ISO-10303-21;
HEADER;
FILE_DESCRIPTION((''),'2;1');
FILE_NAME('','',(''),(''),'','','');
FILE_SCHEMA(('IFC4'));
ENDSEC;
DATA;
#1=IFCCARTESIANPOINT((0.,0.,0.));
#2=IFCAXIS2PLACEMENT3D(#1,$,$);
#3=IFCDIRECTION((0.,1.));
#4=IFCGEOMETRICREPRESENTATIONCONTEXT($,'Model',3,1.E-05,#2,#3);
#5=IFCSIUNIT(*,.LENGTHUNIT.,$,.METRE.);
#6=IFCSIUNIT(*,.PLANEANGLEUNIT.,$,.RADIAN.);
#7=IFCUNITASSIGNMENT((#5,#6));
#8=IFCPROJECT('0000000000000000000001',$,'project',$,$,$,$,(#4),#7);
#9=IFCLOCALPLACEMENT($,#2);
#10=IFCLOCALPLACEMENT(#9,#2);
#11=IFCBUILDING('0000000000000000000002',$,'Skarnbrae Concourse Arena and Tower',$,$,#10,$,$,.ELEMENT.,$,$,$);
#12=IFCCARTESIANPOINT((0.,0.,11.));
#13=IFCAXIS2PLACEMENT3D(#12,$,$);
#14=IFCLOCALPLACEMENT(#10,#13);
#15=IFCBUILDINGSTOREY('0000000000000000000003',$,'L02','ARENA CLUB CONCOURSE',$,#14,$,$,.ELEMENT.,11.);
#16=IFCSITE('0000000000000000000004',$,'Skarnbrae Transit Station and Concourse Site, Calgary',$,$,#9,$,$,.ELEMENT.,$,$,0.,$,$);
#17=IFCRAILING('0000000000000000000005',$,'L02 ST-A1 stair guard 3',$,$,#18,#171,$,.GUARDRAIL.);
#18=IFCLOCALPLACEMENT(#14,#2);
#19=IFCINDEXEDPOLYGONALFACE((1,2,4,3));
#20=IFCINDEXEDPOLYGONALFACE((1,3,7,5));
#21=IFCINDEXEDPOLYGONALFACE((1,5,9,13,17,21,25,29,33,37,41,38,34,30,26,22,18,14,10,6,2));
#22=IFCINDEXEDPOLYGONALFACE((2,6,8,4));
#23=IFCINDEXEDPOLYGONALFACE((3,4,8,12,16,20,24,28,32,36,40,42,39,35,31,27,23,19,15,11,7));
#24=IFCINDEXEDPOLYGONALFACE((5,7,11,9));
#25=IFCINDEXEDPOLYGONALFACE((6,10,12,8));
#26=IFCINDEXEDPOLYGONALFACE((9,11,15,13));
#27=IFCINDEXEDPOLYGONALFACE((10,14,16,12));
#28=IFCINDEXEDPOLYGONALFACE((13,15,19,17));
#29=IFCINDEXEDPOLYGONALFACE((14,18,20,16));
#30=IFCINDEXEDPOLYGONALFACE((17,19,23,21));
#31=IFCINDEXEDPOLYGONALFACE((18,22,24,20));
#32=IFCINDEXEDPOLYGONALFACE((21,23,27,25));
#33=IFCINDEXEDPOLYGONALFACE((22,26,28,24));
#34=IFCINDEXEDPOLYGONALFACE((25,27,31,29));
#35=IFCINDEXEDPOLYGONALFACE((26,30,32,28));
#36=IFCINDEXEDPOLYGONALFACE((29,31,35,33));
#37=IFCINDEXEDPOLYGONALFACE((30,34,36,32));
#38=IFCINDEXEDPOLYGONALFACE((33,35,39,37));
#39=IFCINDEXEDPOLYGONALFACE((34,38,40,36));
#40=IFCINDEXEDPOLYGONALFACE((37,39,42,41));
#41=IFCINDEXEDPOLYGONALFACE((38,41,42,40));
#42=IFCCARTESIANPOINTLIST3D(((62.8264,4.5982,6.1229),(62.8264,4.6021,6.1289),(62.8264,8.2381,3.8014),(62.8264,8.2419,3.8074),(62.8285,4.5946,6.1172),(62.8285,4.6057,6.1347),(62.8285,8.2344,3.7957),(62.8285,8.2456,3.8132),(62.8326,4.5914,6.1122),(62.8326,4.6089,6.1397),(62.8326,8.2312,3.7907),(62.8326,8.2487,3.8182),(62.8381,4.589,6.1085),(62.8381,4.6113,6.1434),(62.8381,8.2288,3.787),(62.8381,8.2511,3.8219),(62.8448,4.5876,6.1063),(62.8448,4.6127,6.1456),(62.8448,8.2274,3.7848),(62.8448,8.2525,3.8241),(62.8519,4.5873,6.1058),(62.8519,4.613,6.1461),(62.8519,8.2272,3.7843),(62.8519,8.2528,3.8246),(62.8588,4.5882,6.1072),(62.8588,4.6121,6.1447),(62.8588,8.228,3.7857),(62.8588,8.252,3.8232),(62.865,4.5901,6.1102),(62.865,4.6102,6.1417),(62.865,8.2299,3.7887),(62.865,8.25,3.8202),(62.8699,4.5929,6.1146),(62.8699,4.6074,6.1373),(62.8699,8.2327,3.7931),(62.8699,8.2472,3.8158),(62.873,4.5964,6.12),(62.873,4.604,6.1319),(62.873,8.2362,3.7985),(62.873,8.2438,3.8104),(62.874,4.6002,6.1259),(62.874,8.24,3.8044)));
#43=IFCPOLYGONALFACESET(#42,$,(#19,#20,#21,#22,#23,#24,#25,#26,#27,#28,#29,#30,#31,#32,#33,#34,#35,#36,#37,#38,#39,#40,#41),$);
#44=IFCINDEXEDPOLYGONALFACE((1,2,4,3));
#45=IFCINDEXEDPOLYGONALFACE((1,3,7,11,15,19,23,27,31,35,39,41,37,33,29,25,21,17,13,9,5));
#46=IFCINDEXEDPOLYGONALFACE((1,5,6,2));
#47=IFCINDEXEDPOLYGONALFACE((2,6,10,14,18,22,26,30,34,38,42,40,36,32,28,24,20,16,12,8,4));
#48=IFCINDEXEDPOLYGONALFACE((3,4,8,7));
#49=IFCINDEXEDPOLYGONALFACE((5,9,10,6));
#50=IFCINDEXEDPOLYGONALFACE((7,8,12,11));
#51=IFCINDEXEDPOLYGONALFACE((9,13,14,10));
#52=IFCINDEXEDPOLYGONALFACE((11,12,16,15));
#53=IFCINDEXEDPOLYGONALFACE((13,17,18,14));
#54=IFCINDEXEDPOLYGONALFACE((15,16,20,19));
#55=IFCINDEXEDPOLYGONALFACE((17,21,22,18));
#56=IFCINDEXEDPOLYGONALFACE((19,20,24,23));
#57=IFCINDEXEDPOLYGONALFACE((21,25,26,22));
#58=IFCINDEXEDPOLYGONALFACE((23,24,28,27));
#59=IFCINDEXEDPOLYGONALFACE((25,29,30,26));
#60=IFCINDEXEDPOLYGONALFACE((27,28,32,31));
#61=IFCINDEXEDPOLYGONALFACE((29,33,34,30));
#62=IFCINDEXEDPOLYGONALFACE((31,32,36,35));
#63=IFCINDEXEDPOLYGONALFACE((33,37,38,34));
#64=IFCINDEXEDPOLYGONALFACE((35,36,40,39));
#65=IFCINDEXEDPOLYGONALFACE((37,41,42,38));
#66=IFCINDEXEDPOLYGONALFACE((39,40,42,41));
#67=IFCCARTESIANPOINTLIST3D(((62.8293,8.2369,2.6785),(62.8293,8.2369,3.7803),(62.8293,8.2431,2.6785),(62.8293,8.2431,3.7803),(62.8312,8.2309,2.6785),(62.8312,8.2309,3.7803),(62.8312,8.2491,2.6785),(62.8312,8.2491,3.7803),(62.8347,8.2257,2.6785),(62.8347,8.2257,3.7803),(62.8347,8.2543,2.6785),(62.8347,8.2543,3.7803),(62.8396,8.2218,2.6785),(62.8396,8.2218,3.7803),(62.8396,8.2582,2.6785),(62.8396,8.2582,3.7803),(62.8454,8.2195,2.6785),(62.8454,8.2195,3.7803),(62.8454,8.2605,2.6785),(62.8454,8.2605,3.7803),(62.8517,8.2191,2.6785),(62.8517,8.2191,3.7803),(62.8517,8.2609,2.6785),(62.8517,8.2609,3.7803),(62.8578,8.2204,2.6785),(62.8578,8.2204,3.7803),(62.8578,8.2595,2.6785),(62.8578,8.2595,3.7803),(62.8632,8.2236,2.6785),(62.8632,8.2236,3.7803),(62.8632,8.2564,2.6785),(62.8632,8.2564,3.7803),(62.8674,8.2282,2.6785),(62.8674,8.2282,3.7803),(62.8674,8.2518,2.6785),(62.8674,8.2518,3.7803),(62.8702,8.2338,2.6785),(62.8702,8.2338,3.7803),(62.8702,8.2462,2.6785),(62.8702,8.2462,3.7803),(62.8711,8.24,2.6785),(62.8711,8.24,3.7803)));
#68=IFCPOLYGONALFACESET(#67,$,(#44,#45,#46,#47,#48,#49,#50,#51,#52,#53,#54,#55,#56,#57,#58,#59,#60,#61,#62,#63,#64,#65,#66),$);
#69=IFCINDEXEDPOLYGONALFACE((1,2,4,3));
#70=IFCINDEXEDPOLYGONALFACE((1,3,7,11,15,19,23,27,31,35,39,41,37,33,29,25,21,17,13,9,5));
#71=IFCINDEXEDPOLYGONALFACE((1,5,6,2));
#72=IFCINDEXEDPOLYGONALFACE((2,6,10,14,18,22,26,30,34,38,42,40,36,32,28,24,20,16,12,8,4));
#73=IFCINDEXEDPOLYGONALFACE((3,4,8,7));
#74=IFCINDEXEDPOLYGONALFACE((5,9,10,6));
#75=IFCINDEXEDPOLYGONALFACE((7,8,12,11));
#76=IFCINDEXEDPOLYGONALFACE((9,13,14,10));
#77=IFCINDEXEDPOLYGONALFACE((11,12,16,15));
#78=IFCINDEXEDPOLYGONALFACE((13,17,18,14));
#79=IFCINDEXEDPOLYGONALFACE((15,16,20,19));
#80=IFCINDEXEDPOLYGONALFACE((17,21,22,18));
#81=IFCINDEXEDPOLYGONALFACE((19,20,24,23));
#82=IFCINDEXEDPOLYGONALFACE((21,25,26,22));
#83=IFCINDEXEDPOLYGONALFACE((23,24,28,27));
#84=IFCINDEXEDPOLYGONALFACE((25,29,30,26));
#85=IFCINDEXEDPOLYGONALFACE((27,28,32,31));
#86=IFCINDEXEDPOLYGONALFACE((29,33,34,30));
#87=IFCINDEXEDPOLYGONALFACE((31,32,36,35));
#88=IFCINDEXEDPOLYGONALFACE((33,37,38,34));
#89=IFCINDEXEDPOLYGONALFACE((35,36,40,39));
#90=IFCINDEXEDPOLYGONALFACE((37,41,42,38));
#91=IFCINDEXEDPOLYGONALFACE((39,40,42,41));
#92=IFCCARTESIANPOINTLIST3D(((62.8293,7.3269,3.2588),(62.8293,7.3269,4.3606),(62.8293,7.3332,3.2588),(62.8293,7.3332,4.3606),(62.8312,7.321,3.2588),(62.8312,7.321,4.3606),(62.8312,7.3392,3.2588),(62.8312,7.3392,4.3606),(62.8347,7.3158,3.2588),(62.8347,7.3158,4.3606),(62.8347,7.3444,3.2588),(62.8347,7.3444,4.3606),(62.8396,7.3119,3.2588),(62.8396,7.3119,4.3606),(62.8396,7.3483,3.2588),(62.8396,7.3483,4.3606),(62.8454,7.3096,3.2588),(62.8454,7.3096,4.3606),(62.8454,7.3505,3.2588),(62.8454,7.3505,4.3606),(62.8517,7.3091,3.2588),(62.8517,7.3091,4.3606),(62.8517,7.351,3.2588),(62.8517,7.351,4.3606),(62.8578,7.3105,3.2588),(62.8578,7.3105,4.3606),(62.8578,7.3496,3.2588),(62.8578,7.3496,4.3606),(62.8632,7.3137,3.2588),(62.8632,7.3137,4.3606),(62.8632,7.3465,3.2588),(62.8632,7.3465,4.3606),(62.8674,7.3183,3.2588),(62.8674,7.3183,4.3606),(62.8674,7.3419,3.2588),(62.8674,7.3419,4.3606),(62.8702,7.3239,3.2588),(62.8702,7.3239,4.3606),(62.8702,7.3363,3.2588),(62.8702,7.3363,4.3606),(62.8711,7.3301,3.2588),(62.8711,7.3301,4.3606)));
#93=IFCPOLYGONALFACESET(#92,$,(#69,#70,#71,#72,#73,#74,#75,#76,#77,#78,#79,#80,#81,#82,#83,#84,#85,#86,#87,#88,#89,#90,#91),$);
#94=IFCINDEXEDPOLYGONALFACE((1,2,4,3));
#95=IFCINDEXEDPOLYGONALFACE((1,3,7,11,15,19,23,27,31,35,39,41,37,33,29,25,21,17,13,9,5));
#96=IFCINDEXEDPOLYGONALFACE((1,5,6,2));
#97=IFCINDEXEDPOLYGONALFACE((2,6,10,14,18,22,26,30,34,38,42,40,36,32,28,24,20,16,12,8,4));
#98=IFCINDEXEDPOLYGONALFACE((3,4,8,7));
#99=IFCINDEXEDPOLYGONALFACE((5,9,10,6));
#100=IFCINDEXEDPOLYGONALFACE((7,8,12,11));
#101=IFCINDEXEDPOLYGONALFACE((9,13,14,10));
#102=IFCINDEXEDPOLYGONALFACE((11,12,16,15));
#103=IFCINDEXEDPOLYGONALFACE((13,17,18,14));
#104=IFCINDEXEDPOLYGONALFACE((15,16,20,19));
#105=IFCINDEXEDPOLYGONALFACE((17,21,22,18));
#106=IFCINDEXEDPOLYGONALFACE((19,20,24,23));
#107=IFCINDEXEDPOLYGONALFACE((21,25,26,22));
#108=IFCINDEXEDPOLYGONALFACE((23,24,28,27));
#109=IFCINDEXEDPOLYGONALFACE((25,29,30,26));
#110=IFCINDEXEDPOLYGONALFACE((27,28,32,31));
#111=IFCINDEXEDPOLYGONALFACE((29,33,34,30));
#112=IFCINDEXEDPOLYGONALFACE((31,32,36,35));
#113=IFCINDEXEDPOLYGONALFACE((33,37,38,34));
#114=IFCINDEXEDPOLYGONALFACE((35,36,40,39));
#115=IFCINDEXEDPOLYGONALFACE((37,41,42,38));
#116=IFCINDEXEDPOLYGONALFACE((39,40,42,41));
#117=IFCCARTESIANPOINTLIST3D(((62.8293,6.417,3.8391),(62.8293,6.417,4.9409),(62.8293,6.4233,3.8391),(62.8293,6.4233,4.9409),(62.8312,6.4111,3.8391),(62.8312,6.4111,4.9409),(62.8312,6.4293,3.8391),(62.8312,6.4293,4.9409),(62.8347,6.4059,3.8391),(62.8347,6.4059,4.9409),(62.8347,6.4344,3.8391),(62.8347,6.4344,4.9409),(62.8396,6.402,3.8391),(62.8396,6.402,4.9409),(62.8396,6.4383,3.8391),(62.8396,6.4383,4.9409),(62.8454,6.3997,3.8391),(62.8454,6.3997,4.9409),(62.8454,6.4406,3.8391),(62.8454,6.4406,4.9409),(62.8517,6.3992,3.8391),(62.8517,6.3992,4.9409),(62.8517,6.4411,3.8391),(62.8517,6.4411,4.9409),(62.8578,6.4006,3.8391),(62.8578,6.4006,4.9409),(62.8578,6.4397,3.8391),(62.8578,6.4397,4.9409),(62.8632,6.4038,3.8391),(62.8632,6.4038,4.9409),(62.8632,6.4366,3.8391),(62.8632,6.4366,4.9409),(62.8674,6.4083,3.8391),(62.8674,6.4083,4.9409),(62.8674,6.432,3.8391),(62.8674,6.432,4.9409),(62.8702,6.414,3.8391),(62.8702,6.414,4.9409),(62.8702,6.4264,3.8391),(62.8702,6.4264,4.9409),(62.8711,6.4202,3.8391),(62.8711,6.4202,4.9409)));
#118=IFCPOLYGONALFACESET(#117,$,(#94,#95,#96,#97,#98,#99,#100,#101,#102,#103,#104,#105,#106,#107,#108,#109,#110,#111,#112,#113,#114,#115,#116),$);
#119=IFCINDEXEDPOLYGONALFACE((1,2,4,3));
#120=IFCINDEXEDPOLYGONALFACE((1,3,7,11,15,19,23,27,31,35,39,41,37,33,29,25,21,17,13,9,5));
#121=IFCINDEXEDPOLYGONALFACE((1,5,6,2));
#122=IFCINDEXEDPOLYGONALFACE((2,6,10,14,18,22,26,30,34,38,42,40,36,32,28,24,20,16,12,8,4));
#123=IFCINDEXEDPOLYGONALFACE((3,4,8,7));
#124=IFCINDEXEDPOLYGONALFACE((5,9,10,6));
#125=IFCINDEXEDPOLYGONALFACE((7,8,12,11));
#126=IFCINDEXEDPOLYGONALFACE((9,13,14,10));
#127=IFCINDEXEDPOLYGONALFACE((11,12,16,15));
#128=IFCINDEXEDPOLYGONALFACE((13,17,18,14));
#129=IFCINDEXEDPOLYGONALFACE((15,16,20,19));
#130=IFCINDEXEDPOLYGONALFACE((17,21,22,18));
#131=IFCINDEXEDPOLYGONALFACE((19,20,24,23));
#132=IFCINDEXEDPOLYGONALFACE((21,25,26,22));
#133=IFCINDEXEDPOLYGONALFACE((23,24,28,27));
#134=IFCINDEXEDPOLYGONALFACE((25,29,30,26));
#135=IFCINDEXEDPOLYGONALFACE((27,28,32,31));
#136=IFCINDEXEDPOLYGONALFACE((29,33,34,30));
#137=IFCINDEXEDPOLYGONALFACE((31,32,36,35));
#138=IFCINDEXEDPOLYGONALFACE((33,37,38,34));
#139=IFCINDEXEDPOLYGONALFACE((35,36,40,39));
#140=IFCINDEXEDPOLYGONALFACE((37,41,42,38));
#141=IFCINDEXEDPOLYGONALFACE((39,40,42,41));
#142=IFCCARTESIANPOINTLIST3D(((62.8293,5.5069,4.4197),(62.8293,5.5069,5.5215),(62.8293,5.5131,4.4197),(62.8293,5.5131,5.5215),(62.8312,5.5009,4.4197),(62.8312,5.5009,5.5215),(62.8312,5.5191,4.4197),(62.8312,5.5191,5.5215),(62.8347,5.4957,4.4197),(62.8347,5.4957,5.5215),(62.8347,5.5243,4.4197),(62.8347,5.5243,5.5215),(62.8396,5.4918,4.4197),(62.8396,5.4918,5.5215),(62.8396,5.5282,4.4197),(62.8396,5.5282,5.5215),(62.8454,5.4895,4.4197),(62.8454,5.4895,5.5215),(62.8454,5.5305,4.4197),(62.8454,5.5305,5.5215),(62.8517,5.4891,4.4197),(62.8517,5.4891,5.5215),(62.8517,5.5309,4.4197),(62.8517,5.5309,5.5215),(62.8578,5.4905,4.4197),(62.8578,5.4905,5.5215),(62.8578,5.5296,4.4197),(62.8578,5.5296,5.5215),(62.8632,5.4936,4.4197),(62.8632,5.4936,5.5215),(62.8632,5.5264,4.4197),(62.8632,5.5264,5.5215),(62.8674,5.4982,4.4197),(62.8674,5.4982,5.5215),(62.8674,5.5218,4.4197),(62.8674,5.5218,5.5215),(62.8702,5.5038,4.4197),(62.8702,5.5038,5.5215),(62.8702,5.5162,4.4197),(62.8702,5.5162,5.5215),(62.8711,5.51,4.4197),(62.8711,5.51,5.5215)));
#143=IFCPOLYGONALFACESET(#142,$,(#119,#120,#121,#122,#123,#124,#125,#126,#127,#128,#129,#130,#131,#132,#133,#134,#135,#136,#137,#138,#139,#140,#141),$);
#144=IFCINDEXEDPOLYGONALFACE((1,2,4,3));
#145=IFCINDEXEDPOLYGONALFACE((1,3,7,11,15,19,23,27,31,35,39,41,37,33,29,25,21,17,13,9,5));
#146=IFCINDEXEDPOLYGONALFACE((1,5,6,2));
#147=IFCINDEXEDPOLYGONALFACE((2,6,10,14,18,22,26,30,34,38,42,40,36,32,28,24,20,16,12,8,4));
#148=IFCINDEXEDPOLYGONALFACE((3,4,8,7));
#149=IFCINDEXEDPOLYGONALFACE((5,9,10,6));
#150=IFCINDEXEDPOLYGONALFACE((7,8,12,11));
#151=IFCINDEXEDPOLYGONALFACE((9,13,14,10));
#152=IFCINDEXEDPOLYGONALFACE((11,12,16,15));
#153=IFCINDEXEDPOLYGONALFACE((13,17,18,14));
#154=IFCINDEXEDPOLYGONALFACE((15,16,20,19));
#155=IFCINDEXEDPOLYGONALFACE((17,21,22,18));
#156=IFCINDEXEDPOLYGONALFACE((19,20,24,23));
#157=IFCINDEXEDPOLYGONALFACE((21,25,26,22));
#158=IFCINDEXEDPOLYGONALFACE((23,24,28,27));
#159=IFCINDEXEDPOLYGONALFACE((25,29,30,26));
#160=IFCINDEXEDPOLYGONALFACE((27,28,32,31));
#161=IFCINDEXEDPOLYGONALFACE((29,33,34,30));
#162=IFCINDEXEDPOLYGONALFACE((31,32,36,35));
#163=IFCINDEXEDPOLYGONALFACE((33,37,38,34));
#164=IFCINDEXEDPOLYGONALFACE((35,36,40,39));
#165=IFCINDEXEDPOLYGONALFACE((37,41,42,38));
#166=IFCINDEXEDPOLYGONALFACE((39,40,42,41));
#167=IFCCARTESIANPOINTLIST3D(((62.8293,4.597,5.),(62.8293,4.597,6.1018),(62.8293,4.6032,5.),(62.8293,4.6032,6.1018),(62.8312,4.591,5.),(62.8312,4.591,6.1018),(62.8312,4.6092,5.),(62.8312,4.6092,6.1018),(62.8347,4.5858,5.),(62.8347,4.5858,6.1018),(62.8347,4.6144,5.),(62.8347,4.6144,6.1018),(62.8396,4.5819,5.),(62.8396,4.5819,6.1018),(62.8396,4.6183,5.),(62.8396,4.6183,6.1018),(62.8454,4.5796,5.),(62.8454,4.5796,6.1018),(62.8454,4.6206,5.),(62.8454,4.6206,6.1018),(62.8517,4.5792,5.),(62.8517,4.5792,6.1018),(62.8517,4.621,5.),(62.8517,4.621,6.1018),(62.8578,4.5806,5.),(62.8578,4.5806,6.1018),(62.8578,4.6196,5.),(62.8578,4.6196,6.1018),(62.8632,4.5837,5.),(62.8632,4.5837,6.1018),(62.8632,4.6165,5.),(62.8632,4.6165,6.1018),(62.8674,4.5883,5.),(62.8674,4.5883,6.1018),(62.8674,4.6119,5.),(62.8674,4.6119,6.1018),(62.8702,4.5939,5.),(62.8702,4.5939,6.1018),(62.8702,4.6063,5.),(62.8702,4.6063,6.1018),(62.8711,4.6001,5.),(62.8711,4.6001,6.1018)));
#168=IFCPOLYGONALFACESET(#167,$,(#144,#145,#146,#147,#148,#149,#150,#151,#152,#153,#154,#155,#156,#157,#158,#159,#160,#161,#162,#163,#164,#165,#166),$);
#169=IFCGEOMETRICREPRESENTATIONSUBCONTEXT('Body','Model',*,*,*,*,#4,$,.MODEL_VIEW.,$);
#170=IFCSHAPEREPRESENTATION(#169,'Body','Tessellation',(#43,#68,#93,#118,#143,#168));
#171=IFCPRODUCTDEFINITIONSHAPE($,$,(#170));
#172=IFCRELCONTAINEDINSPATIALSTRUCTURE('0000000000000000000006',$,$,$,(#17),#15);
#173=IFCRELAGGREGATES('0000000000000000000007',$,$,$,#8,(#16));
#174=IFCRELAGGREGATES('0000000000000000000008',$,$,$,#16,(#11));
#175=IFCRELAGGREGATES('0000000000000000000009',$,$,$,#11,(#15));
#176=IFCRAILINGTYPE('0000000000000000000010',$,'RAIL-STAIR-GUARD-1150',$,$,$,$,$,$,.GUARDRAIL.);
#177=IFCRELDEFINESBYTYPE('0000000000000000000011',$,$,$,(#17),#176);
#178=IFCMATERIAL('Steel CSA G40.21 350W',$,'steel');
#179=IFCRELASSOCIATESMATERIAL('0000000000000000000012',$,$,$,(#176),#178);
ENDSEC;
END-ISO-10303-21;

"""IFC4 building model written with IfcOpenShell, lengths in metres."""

from ifc_helpers import new_model, si_unit, direction, frame, origin, origin_2d, place, context, subcontext, project, spatial, circle, extrude, material, type_object, element, save


model = new_model("IFC4")

# Units and contexts
model_context = context("Model", 3, precision=1e-05, world=origin(), true_north=direction((0.0, 1.0)))
body_context = subcontext(model_context, "Body", "Model", "MODEL_VIEW")
ifc_project = project(units=[si_unit("LENGTHUNIT", "METRE"), si_unit("PLANEANGLEUNIT", "RADIAN")], contexts=[model_context])

# Site, building, storey
site_placement = place(None, origin())
site = spatial("IfcSite", under=ifc_project, at=site_placement, Name="Skarnbrae Transit Station and Concourse Site, Calgary", CompositionType="ELEMENT", RefElevation=0.0)
building_placement = place(site_placement, origin())
building = spatial("IfcBuilding", under=site, at=building_placement, Name="Skarnbrae Concourse Arena and Tower", CompositionType="ELEMENT")
storey_placement = place(building_placement, frame((0.0, 0.0, 11.0)))
storey = spatial("IfcBuildingStorey", under=building, at=storey_placement, Name="L02", Description="ARENA CLUB CONCOURSE", CompositionType="ELEMENT", Elevation=11.0)

# Shared definitions
ifc_material_1 = material(Name="Steel CSA G40.21 350W", Category="steel")

# Railing
railing_type_1 = type_object("IfcRailingType", Name="RAIL-STAIR-GUARD-1150", PredefinedType="GUARDRAIL", material=ifc_material_1)
railing_1_placement = place(storey_placement, frame((62.8501, 8.24, 2.6785)))
element("IfcRailing", 1, at=railing_1_placement, inside=storey, type_object=railing_type_1, Name="L02 ST-A1 stair guard 3", PredefinedType="GUARDRAIL", context=body_context, shape_type="SweptSolid", body=[
    extrude(circle(Radius=0.0239, at=origin_2d()), frame((0.0, 0.0, 1.126), z_axis=(0.0, -0.843112, 0.537739), x_axis=(1.0, 0.0, 0.0)), (0.0, 0.0, 1.0), 4.3171),
    extrude(circle(Radius=0.021, at=origin_2d()), origin(), (0.0, 0.0, 1.0), 1.1018),
    extrude(circle(Radius=0.021, at=origin_2d()), frame((0.0, -0.9099, 0.5803)), (0.0, 0.0, 1.0), 1.1018),
    extrude(circle(Radius=0.021, at=origin_2d()), frame((0.0, -1.8198, 1.1606)), (0.0, 0.0, 1.0), 1.1018),
    extrude(circle(Radius=0.021, at=origin_2d()), frame((0.0, -2.73, 1.7412)), (0.0, 0.0, 1.0), 1.1018),
    extrude(circle(Radius=0.021, at=origin_2d()), frame((0.0, -3.6399, 2.3215)), (0.0, 0.0, 1.0), 1.1018),
])

save(model, "model.ifc")
